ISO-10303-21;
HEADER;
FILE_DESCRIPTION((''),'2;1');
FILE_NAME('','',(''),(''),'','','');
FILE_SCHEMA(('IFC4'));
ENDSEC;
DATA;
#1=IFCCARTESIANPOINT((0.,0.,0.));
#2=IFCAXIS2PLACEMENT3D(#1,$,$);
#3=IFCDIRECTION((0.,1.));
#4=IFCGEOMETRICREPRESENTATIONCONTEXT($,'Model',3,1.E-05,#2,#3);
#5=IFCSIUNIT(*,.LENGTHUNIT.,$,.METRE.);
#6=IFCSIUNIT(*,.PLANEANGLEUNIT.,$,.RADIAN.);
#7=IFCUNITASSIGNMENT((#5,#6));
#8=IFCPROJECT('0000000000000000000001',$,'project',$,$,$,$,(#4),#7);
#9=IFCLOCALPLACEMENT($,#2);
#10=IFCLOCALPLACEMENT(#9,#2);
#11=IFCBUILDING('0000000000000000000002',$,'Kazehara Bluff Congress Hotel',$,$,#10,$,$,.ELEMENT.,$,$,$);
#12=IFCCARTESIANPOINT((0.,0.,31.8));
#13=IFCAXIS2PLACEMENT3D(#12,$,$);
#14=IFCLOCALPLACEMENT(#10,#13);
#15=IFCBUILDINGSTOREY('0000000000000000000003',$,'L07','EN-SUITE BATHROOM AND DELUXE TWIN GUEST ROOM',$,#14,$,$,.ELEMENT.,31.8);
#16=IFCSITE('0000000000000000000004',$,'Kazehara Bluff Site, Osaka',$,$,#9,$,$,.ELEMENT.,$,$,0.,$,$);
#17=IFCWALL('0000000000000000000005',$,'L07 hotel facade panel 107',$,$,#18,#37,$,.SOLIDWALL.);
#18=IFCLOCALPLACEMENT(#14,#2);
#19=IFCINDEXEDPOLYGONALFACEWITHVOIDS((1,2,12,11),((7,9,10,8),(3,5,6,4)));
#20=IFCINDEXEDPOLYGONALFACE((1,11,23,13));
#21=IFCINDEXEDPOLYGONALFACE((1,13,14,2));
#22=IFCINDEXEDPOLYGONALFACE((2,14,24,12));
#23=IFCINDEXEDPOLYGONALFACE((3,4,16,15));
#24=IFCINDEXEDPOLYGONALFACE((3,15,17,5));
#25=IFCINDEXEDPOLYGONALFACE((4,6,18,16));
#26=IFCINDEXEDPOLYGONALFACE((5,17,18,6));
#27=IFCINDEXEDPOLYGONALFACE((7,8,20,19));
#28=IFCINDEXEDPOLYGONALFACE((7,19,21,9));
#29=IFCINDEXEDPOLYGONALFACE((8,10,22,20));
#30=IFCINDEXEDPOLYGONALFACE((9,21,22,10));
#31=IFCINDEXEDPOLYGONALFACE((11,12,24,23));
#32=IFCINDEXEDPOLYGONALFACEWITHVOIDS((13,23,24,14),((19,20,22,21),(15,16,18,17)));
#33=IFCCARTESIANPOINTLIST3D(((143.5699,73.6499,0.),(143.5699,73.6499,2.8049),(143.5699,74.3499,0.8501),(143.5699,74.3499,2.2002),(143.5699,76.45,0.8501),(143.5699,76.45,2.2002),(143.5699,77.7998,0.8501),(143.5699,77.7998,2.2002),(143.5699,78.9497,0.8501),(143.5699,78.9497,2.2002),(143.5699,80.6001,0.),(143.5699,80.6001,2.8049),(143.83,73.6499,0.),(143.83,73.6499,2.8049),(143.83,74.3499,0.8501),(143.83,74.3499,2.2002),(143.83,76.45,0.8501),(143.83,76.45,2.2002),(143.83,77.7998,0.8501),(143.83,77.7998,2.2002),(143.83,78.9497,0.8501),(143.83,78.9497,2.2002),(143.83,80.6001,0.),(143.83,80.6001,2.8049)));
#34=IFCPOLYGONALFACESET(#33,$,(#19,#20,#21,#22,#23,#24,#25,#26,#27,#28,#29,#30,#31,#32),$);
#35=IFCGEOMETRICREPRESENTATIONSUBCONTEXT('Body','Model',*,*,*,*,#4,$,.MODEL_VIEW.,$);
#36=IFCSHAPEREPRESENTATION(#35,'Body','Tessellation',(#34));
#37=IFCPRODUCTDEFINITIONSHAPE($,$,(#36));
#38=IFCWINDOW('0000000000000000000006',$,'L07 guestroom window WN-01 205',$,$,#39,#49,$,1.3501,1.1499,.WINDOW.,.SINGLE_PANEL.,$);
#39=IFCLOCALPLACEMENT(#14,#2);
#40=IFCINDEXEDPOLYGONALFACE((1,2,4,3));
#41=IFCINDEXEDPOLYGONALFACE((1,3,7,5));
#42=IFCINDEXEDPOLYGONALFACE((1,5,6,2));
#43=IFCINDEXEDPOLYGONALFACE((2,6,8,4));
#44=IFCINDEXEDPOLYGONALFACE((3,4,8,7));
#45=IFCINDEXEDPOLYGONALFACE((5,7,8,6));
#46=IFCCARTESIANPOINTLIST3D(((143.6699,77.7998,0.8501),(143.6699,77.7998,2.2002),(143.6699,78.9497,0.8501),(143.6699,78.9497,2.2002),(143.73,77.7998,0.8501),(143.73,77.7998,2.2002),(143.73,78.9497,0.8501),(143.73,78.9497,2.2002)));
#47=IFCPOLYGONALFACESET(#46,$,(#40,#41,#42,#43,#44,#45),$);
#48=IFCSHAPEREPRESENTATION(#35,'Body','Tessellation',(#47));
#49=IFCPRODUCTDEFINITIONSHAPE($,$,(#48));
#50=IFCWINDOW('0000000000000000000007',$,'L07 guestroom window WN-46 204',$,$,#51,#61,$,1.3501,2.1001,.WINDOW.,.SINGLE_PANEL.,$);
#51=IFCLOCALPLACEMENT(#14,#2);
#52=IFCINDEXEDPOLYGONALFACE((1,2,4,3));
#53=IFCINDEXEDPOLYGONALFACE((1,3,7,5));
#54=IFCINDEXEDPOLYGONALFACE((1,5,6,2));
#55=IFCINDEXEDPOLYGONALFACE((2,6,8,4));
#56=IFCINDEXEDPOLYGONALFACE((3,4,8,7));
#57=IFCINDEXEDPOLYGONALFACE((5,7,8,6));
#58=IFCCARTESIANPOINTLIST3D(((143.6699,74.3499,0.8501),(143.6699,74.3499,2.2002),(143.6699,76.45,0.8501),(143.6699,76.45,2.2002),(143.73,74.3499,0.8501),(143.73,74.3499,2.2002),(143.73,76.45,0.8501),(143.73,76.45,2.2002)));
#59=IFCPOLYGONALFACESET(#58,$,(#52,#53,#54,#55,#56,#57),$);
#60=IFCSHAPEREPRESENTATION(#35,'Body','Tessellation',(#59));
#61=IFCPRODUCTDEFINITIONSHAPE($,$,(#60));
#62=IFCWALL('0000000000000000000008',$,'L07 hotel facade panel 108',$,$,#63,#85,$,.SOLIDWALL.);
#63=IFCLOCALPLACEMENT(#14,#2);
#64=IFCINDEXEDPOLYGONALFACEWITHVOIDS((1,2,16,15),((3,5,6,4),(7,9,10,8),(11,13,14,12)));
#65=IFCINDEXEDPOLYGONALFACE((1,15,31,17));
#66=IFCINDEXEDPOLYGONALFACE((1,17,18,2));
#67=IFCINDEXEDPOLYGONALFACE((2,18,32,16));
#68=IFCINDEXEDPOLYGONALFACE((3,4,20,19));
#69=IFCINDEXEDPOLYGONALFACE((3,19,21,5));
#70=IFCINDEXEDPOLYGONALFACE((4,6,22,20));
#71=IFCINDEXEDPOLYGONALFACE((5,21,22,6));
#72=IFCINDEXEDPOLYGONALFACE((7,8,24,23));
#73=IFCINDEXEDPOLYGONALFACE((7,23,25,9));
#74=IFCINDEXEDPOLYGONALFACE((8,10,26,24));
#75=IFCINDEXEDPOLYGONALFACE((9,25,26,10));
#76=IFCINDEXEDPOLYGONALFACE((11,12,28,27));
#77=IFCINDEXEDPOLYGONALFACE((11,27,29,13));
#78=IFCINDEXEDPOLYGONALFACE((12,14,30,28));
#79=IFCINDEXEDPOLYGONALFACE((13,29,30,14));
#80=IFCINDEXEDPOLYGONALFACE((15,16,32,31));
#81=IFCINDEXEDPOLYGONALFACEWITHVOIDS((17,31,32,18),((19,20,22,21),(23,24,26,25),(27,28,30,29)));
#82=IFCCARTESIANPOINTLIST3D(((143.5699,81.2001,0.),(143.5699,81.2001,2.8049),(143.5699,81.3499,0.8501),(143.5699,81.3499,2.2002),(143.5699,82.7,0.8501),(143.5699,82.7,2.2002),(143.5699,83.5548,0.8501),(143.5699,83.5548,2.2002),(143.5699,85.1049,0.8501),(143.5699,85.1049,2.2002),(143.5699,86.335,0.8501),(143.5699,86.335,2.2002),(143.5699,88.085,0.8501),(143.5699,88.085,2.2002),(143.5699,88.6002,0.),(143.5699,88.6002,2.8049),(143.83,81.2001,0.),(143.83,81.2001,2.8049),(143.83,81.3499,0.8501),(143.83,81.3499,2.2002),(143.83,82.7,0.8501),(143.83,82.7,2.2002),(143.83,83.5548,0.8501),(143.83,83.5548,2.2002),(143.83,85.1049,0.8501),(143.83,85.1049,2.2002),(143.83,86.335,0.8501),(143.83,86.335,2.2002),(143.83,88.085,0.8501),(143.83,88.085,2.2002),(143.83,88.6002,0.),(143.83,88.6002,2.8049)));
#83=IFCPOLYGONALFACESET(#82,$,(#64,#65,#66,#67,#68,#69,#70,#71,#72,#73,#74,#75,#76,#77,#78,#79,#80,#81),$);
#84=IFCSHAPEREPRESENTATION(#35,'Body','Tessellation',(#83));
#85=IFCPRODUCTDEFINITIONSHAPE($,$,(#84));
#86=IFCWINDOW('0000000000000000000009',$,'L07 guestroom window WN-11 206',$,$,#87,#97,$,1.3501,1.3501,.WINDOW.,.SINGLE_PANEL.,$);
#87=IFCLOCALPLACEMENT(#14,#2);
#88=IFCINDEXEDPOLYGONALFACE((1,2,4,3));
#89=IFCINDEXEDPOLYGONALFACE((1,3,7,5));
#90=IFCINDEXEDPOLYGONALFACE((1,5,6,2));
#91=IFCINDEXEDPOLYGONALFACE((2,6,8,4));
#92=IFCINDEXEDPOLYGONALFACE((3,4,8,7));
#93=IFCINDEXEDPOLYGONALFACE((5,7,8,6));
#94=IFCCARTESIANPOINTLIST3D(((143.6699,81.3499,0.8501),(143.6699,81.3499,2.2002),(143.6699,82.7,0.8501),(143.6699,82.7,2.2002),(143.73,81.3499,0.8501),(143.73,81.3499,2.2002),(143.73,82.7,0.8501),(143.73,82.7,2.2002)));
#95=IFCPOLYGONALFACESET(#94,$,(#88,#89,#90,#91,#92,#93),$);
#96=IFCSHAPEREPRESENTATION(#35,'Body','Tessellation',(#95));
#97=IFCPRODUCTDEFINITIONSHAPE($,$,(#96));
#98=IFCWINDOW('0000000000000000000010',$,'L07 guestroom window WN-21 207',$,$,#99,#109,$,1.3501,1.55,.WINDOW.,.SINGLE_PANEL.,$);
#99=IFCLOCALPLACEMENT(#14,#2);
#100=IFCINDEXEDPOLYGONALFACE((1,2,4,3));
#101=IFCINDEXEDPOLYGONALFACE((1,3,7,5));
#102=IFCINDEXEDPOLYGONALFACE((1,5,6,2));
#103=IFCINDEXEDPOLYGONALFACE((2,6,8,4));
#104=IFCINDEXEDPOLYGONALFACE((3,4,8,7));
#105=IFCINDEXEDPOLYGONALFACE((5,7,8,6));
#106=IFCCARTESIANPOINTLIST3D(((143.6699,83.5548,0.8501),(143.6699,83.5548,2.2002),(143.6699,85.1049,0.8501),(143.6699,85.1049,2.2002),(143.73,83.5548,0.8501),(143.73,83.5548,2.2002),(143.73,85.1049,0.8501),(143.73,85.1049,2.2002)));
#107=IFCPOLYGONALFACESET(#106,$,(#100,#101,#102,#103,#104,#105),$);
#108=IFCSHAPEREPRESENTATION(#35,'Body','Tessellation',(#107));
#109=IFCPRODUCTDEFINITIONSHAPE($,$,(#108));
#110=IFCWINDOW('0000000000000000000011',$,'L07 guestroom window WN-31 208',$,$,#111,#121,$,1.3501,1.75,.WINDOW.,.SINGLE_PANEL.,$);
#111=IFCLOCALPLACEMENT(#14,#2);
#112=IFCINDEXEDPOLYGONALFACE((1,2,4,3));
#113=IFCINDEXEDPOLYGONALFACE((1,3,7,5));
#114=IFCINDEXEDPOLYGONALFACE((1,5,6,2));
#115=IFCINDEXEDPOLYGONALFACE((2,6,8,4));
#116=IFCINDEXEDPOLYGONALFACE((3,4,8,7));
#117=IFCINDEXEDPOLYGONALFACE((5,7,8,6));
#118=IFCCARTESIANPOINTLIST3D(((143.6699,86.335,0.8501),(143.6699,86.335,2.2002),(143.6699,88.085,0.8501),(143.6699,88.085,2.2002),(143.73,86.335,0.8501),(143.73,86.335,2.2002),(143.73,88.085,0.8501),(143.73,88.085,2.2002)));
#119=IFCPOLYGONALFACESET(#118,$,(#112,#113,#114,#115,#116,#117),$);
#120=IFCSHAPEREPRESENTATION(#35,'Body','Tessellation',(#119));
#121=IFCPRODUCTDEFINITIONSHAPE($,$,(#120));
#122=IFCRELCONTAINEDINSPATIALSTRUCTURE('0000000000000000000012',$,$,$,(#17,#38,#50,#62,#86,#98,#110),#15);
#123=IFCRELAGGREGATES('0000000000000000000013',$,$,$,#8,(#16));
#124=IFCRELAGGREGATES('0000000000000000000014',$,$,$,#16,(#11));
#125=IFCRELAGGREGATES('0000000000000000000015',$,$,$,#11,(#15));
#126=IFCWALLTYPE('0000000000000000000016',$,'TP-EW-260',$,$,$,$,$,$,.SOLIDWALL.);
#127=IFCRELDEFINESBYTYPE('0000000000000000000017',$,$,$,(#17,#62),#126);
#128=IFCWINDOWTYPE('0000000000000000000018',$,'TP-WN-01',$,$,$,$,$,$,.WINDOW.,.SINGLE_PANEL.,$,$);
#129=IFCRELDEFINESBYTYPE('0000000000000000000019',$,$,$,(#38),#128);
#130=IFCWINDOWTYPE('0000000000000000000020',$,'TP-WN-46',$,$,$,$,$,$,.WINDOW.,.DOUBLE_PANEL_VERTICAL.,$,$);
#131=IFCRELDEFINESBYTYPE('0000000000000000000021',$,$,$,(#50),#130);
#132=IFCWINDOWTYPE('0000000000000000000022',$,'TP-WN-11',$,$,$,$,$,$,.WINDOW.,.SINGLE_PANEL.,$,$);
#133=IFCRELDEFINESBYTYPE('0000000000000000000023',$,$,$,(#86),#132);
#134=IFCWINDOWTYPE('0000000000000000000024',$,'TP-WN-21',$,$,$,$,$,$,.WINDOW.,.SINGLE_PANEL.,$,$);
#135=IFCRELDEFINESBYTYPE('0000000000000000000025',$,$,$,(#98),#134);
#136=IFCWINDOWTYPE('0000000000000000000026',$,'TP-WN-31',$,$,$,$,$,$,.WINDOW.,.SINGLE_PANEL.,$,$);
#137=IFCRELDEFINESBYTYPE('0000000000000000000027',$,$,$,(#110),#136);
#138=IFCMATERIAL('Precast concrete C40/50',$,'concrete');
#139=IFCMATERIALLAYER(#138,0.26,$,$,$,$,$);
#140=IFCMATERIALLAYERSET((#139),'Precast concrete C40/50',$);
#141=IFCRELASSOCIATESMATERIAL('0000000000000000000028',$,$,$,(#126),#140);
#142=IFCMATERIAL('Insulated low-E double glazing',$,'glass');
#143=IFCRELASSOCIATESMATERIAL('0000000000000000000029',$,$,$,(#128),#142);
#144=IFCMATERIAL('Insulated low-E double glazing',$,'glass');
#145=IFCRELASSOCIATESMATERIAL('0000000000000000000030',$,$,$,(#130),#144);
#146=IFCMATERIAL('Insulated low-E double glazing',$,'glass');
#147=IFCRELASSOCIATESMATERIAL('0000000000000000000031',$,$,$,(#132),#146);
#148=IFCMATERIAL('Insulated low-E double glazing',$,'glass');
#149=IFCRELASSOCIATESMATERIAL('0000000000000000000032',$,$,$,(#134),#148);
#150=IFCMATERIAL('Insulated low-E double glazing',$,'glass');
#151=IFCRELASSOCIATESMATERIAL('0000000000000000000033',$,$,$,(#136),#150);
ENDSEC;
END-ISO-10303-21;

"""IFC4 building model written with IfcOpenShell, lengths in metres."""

from ifc_helpers import new_model, si_unit, direction, frame, frame_2d, origin, place, context, subcontext, project, spatial, rectangle, extrude, material, layer, layer_set, type_object, element, fill, save


model = new_model("IFC4")

# Units and contexts
model_context = context("Model", 3, precision=1e-05, world=origin(), true_north=direction((0.0, 1.0)))
body_context = subcontext(model_context, "Body", "Model", "MODEL_VIEW")
ifc_project = project(units=[si_unit("LENGTHUNIT", "METRE"), si_unit("PLANEANGLEUNIT", "RADIAN")], contexts=[model_context])

# Site, building, storey
site_placement = place(None, origin())
site = spatial("IfcSite", under=ifc_project, at=site_placement, Name="Kazehara Bluff Site, Osaka", CompositionType="ELEMENT", RefElevation=0.0)
building_placement = place(site_placement, origin())
building = spatial("IfcBuilding", under=site, at=building_placement, Name="Kazehara Bluff Congress Hotel", CompositionType="ELEMENT")
storey_placement = place(building_placement, frame((0.0, 0.0, 31.8)))
storey = spatial("IfcBuildingStorey", under=building, at=storey_placement, Name="L07", Description="EN-SUITE BATHROOM AND DELUXE TWIN GUEST ROOM", CompositionType="ELEMENT", Elevation=31.8)

# Shared definitions
ifc_material_1 = material(Name="Precast concrete C40/50", Category="concrete")
ifc_layer = layer(ifc_material_1, 0.26)
ifc_layer_set = layer_set([ifc_layer], Name="Precast concrete C40/50")
wall_type = type_object("IfcWallType", Name="TP-EW-260", PredefinedType="SOLIDWALL", material=ifc_layer_set)

# Walls, openings, windows
wall_1_placement = place(storey_placement, frame((143.7, 73.6499, 0.0), z_axis=(0.0, 0.0, 1.0), x_axis=(0.0, 1.0, 0.0)))
wall_1 = element("IfcWall", 1, at=wall_1_placement, inside=storey, type_object=wall_type, Name="L07 hotel facade panel 107", PredefinedType="SOLIDWALL", context=body_context, shape_type="SweptSolid", body=[
    extrude(rectangle(XDim=6.9502, YDim=0.26, at=frame_2d((3.4751, 0.0))), origin(), (0.0, 0.0, 1.0), 2.8049),
])
opening_1_placement = place(wall_1_placement, frame((0.7, 0.0, 0.8501)))
opening_1 = element("IfcOpeningElement", 2, at=opening_1_placement, cuts=wall_1, PredefinedType="OPENING", context=body_context, shape_type="SweptSolid", body=[
    extrude(rectangle(XDim=2.1001, YDim=1.3501, at=frame_2d((1.05, 0.675))), frame((0.0, 0.1399, 0.0), z_axis=(0.0, -1.0, 0.0), x_axis=(1.0, 0.0, 0.0)), (0.0, 0.0, 1.0), 0.28),
])
opening_2_placement = place(wall_1_placement, frame((4.1499, 0.0, 0.8501)))
opening_2 = element("IfcOpeningElement", 3, at=opening_2_placement, cuts=wall_1, PredefinedType="OPENING", context=body_context, shape_type="SweptSolid", body=[
    extrude(rectangle(XDim=1.1499, YDim=1.3501, at=frame_2d((0.575, 0.675))), frame((0.0, 0.1399, 0.0), z_axis=(0.0, -1.0, 0.0), x_axis=(1.0, 0.0, 0.0)), (0.0, 0.0, 1.0), 0.28),
])
ifc_material_2 = material(Name="Insulated low-E double glazing", Category="glass")
window_type_1 = type_object("IfcWindowType", Name="TP-WN-01", PartitioningType="SINGLE_PANEL", PredefinedType="WINDOW", material=ifc_material_2)
window_1_placement = place(opening_2_placement, origin())
window_1 = element("IfcWindow", 4, at=window_1_placement, inside=storey, type_object=window_type_1, Name="L07 guestroom window WN-01 205", OverallHeight=1.3501, OverallWidth=1.1499, PartitioningType="SINGLE_PANEL", PredefinedType="WINDOW", context=body_context, shape_type="SweptSolid", body=[
    extrude(rectangle(XDim=1.1499, YDim=1.3501, at=frame_2d((0.575, 0.675))), frame((0.0, 0.03, 0.0), z_axis=(0.0, -1.0, 0.0), x_axis=(1.0, 0.0, 0.0)), (0.0, 0.0, 1.0), 0.0601),
])
fill(opening_2, window_1)
ifc_material_3 = material(Name="Insulated low-E double glazing", Category="glass")
window_type_2 = type_object("IfcWindowType", Name="TP-WN-46", PartitioningType="DOUBLE_PANEL_VERTICAL", PredefinedType="WINDOW", material=ifc_material_3)
window_2_placement = place(opening_1_placement, origin())
window_2 = element("IfcWindow", 5, at=window_2_placement, inside=storey, type_object=window_type_2, Name="L07 guestroom window WN-46 204", OverallHeight=1.3501, OverallWidth=2.1001, PartitioningType="SINGLE_PANEL", PredefinedType="WINDOW", context=body_context, shape_type="SweptSolid", body=[
    extrude(rectangle(XDim=2.1001, YDim=1.3501, at=frame_2d((1.05, 0.675))), frame((0.0, 0.03, 0.0), z_axis=(0.0, -1.0, 0.0), x_axis=(1.0, 0.0, 0.0)), (0.0, 0.0, 1.0), 0.0601),
])
fill(opening_1, window_2)
wall_2_placement = place(storey_placement, frame((143.7, 81.2, 0.0), z_axis=(0.0, 0.0, 1.0), x_axis=(0.0, 1.0, 0.0)))
wall_2 = element("IfcWall", 6, at=wall_2_placement, inside=storey, type_object=wall_type, Name="L07 hotel facade panel 108", PredefinedType="SOLIDWALL", context=body_context, shape_type="SweptSolid", body=[
    extrude(rectangle(XDim=7.4001, YDim=0.26, at=frame_2d((3.7002, 0.0))), origin(), (0.0, 0.0, 1.0), 2.8049),
])
opening_3_placement = place(wall_2_placement, frame((0.1499, 0.0, 0.8501)))
opening_3 = element("IfcOpeningElement", 7, at=opening_3_placement, cuts=wall_2, PredefinedType="OPENING", context=body_context, shape_type="SweptSolid", body=[
    extrude(rectangle(XDim=1.3501, YDim=1.3501, at=frame_2d((0.675, 0.675))), frame((0.0, 0.1399, 0.0), z_axis=(0.0, -1.0, 0.0), x_axis=(1.0, 0.0, 0.0)), (0.0, 0.0, 1.0), 0.28),
])
opening_4_placement = place(wall_2_placement, frame((2.355, 0.0, 0.8501)))
opening_4 = element("IfcOpeningElement", 8, at=opening_4_placement, cuts=wall_2, PredefinedType="OPENING", context=body_context, shape_type="SweptSolid", body=[
    extrude(rectangle(XDim=1.55, YDim=1.3501, at=frame_2d((0.7749, 0.675))), frame((0.0, 0.1399, 0.0), z_axis=(0.0, -1.0, 0.0), x_axis=(1.0, 0.0, 0.0)), (0.0, 0.0, 1.0), 0.28),
])
opening_5_placement = place(wall_2_placement, frame((5.135, 0.0, 0.8501)))
opening_5 = element("IfcOpeningElement", 9, at=opening_5_placement, cuts=wall_2, PredefinedType="OPENING", context=body_context, shape_type="SweptSolid", body=[
    extrude(rectangle(XDim=1.75, YDim=1.3501, at=frame_2d((0.875, 0.675))), frame((0.0, 0.1399, 0.0), z_axis=(0.0, -1.0, 0.0), x_axis=(1.0, 0.0, 0.0)), (0.0, 0.0, 1.0), 0.28),
])
ifc_material_4 = material(Name="Insulated low-E double glazing", Category="glass")
window_type_3 = type_object("IfcWindowType", Name="TP-WN-11", PartitioningType="SINGLE_PANEL", PredefinedType="WINDOW", material=ifc_material_4)
window_3_placement = place(opening_3_placement, origin())
window_3 = element("IfcWindow", 10, at=window_3_placement, inside=storey, type_object=window_type_3, Name="L07 guestroom window WN-11 206", OverallHeight=1.3501, OverallWidth=1.3501, PartitioningType="SINGLE_PANEL", PredefinedType="WINDOW", context=body_context, shape_type="SweptSolid", body=[
    extrude(rectangle(XDim=1.3501, YDim=1.3501, at=frame_2d((0.675, 0.675))), frame((0.0, 0.03, 0.0), z_axis=(0.0, -1.0, 0.0), x_axis=(1.0, 0.0, 0.0)), (0.0, 0.0, 1.0), 0.0601),
])
fill(opening_3, window_3)
ifc_material_5 = material(Name="Insulated low-E double glazing", Category="glass")
window_type_4 = type_object("IfcWindowType", Name="TP-WN-21", PartitioningType="SINGLE_PANEL", PredefinedType="WINDOW", material=ifc_material_5)
window_4_placement = place(opening_4_placement, origin())
window_4 = element("IfcWindow", 11, at=window_4_placement, inside=storey, type_object=window_type_4, Name="L07 guestroom window WN-21 207", OverallHeight=1.3501, OverallWidth=1.55, PartitioningType="SINGLE_PANEL", PredefinedType="WINDOW", context=body_context, shape_type="SweptSolid", body=[
    extrude(rectangle(XDim=1.55, YDim=1.3501, at=frame_2d((0.7749, 0.675))), frame((0.0, 0.03, 0.0), z_axis=(0.0, -1.0, 0.0), x_axis=(1.0, 0.0, 0.0)), (0.0, 0.0, 1.0), 0.0601),
])
fill(opening_4, window_4)
ifc_material_6 = material(Name="Insulated low-E double glazing", Category="glass")
window_type_5 = type_object("IfcWindowType", Name="TP-WN-31", PartitioningType="SINGLE_PANEL", PredefinedType="WINDOW", material=ifc_material_6)
window_5_placement = place(opening_5_placement, origin())
window_5 = element("IfcWindow", 12, at=window_5_placement, inside=storey, type_object=window_type_5, Name="L07 guestroom window WN-31 208", OverallHeight=1.3501, OverallWidth=1.75, PartitioningType="SINGLE_PANEL", PredefinedType="WINDOW", context=body_context, shape_type="SweptSolid", body=[
    extrude(rectangle(XDim=1.75, YDim=1.3501, at=frame_2d((0.875, 0.675))), frame((0.0, 0.03, 0.0), z_axis=(0.0, -1.0, 0.0), x_axis=(1.0, 0.0, 0.0)), (0.0, 0.0, 1.0), 0.0601),
])
fill(opening_5, window_5)

save(model, "model.ifc")
